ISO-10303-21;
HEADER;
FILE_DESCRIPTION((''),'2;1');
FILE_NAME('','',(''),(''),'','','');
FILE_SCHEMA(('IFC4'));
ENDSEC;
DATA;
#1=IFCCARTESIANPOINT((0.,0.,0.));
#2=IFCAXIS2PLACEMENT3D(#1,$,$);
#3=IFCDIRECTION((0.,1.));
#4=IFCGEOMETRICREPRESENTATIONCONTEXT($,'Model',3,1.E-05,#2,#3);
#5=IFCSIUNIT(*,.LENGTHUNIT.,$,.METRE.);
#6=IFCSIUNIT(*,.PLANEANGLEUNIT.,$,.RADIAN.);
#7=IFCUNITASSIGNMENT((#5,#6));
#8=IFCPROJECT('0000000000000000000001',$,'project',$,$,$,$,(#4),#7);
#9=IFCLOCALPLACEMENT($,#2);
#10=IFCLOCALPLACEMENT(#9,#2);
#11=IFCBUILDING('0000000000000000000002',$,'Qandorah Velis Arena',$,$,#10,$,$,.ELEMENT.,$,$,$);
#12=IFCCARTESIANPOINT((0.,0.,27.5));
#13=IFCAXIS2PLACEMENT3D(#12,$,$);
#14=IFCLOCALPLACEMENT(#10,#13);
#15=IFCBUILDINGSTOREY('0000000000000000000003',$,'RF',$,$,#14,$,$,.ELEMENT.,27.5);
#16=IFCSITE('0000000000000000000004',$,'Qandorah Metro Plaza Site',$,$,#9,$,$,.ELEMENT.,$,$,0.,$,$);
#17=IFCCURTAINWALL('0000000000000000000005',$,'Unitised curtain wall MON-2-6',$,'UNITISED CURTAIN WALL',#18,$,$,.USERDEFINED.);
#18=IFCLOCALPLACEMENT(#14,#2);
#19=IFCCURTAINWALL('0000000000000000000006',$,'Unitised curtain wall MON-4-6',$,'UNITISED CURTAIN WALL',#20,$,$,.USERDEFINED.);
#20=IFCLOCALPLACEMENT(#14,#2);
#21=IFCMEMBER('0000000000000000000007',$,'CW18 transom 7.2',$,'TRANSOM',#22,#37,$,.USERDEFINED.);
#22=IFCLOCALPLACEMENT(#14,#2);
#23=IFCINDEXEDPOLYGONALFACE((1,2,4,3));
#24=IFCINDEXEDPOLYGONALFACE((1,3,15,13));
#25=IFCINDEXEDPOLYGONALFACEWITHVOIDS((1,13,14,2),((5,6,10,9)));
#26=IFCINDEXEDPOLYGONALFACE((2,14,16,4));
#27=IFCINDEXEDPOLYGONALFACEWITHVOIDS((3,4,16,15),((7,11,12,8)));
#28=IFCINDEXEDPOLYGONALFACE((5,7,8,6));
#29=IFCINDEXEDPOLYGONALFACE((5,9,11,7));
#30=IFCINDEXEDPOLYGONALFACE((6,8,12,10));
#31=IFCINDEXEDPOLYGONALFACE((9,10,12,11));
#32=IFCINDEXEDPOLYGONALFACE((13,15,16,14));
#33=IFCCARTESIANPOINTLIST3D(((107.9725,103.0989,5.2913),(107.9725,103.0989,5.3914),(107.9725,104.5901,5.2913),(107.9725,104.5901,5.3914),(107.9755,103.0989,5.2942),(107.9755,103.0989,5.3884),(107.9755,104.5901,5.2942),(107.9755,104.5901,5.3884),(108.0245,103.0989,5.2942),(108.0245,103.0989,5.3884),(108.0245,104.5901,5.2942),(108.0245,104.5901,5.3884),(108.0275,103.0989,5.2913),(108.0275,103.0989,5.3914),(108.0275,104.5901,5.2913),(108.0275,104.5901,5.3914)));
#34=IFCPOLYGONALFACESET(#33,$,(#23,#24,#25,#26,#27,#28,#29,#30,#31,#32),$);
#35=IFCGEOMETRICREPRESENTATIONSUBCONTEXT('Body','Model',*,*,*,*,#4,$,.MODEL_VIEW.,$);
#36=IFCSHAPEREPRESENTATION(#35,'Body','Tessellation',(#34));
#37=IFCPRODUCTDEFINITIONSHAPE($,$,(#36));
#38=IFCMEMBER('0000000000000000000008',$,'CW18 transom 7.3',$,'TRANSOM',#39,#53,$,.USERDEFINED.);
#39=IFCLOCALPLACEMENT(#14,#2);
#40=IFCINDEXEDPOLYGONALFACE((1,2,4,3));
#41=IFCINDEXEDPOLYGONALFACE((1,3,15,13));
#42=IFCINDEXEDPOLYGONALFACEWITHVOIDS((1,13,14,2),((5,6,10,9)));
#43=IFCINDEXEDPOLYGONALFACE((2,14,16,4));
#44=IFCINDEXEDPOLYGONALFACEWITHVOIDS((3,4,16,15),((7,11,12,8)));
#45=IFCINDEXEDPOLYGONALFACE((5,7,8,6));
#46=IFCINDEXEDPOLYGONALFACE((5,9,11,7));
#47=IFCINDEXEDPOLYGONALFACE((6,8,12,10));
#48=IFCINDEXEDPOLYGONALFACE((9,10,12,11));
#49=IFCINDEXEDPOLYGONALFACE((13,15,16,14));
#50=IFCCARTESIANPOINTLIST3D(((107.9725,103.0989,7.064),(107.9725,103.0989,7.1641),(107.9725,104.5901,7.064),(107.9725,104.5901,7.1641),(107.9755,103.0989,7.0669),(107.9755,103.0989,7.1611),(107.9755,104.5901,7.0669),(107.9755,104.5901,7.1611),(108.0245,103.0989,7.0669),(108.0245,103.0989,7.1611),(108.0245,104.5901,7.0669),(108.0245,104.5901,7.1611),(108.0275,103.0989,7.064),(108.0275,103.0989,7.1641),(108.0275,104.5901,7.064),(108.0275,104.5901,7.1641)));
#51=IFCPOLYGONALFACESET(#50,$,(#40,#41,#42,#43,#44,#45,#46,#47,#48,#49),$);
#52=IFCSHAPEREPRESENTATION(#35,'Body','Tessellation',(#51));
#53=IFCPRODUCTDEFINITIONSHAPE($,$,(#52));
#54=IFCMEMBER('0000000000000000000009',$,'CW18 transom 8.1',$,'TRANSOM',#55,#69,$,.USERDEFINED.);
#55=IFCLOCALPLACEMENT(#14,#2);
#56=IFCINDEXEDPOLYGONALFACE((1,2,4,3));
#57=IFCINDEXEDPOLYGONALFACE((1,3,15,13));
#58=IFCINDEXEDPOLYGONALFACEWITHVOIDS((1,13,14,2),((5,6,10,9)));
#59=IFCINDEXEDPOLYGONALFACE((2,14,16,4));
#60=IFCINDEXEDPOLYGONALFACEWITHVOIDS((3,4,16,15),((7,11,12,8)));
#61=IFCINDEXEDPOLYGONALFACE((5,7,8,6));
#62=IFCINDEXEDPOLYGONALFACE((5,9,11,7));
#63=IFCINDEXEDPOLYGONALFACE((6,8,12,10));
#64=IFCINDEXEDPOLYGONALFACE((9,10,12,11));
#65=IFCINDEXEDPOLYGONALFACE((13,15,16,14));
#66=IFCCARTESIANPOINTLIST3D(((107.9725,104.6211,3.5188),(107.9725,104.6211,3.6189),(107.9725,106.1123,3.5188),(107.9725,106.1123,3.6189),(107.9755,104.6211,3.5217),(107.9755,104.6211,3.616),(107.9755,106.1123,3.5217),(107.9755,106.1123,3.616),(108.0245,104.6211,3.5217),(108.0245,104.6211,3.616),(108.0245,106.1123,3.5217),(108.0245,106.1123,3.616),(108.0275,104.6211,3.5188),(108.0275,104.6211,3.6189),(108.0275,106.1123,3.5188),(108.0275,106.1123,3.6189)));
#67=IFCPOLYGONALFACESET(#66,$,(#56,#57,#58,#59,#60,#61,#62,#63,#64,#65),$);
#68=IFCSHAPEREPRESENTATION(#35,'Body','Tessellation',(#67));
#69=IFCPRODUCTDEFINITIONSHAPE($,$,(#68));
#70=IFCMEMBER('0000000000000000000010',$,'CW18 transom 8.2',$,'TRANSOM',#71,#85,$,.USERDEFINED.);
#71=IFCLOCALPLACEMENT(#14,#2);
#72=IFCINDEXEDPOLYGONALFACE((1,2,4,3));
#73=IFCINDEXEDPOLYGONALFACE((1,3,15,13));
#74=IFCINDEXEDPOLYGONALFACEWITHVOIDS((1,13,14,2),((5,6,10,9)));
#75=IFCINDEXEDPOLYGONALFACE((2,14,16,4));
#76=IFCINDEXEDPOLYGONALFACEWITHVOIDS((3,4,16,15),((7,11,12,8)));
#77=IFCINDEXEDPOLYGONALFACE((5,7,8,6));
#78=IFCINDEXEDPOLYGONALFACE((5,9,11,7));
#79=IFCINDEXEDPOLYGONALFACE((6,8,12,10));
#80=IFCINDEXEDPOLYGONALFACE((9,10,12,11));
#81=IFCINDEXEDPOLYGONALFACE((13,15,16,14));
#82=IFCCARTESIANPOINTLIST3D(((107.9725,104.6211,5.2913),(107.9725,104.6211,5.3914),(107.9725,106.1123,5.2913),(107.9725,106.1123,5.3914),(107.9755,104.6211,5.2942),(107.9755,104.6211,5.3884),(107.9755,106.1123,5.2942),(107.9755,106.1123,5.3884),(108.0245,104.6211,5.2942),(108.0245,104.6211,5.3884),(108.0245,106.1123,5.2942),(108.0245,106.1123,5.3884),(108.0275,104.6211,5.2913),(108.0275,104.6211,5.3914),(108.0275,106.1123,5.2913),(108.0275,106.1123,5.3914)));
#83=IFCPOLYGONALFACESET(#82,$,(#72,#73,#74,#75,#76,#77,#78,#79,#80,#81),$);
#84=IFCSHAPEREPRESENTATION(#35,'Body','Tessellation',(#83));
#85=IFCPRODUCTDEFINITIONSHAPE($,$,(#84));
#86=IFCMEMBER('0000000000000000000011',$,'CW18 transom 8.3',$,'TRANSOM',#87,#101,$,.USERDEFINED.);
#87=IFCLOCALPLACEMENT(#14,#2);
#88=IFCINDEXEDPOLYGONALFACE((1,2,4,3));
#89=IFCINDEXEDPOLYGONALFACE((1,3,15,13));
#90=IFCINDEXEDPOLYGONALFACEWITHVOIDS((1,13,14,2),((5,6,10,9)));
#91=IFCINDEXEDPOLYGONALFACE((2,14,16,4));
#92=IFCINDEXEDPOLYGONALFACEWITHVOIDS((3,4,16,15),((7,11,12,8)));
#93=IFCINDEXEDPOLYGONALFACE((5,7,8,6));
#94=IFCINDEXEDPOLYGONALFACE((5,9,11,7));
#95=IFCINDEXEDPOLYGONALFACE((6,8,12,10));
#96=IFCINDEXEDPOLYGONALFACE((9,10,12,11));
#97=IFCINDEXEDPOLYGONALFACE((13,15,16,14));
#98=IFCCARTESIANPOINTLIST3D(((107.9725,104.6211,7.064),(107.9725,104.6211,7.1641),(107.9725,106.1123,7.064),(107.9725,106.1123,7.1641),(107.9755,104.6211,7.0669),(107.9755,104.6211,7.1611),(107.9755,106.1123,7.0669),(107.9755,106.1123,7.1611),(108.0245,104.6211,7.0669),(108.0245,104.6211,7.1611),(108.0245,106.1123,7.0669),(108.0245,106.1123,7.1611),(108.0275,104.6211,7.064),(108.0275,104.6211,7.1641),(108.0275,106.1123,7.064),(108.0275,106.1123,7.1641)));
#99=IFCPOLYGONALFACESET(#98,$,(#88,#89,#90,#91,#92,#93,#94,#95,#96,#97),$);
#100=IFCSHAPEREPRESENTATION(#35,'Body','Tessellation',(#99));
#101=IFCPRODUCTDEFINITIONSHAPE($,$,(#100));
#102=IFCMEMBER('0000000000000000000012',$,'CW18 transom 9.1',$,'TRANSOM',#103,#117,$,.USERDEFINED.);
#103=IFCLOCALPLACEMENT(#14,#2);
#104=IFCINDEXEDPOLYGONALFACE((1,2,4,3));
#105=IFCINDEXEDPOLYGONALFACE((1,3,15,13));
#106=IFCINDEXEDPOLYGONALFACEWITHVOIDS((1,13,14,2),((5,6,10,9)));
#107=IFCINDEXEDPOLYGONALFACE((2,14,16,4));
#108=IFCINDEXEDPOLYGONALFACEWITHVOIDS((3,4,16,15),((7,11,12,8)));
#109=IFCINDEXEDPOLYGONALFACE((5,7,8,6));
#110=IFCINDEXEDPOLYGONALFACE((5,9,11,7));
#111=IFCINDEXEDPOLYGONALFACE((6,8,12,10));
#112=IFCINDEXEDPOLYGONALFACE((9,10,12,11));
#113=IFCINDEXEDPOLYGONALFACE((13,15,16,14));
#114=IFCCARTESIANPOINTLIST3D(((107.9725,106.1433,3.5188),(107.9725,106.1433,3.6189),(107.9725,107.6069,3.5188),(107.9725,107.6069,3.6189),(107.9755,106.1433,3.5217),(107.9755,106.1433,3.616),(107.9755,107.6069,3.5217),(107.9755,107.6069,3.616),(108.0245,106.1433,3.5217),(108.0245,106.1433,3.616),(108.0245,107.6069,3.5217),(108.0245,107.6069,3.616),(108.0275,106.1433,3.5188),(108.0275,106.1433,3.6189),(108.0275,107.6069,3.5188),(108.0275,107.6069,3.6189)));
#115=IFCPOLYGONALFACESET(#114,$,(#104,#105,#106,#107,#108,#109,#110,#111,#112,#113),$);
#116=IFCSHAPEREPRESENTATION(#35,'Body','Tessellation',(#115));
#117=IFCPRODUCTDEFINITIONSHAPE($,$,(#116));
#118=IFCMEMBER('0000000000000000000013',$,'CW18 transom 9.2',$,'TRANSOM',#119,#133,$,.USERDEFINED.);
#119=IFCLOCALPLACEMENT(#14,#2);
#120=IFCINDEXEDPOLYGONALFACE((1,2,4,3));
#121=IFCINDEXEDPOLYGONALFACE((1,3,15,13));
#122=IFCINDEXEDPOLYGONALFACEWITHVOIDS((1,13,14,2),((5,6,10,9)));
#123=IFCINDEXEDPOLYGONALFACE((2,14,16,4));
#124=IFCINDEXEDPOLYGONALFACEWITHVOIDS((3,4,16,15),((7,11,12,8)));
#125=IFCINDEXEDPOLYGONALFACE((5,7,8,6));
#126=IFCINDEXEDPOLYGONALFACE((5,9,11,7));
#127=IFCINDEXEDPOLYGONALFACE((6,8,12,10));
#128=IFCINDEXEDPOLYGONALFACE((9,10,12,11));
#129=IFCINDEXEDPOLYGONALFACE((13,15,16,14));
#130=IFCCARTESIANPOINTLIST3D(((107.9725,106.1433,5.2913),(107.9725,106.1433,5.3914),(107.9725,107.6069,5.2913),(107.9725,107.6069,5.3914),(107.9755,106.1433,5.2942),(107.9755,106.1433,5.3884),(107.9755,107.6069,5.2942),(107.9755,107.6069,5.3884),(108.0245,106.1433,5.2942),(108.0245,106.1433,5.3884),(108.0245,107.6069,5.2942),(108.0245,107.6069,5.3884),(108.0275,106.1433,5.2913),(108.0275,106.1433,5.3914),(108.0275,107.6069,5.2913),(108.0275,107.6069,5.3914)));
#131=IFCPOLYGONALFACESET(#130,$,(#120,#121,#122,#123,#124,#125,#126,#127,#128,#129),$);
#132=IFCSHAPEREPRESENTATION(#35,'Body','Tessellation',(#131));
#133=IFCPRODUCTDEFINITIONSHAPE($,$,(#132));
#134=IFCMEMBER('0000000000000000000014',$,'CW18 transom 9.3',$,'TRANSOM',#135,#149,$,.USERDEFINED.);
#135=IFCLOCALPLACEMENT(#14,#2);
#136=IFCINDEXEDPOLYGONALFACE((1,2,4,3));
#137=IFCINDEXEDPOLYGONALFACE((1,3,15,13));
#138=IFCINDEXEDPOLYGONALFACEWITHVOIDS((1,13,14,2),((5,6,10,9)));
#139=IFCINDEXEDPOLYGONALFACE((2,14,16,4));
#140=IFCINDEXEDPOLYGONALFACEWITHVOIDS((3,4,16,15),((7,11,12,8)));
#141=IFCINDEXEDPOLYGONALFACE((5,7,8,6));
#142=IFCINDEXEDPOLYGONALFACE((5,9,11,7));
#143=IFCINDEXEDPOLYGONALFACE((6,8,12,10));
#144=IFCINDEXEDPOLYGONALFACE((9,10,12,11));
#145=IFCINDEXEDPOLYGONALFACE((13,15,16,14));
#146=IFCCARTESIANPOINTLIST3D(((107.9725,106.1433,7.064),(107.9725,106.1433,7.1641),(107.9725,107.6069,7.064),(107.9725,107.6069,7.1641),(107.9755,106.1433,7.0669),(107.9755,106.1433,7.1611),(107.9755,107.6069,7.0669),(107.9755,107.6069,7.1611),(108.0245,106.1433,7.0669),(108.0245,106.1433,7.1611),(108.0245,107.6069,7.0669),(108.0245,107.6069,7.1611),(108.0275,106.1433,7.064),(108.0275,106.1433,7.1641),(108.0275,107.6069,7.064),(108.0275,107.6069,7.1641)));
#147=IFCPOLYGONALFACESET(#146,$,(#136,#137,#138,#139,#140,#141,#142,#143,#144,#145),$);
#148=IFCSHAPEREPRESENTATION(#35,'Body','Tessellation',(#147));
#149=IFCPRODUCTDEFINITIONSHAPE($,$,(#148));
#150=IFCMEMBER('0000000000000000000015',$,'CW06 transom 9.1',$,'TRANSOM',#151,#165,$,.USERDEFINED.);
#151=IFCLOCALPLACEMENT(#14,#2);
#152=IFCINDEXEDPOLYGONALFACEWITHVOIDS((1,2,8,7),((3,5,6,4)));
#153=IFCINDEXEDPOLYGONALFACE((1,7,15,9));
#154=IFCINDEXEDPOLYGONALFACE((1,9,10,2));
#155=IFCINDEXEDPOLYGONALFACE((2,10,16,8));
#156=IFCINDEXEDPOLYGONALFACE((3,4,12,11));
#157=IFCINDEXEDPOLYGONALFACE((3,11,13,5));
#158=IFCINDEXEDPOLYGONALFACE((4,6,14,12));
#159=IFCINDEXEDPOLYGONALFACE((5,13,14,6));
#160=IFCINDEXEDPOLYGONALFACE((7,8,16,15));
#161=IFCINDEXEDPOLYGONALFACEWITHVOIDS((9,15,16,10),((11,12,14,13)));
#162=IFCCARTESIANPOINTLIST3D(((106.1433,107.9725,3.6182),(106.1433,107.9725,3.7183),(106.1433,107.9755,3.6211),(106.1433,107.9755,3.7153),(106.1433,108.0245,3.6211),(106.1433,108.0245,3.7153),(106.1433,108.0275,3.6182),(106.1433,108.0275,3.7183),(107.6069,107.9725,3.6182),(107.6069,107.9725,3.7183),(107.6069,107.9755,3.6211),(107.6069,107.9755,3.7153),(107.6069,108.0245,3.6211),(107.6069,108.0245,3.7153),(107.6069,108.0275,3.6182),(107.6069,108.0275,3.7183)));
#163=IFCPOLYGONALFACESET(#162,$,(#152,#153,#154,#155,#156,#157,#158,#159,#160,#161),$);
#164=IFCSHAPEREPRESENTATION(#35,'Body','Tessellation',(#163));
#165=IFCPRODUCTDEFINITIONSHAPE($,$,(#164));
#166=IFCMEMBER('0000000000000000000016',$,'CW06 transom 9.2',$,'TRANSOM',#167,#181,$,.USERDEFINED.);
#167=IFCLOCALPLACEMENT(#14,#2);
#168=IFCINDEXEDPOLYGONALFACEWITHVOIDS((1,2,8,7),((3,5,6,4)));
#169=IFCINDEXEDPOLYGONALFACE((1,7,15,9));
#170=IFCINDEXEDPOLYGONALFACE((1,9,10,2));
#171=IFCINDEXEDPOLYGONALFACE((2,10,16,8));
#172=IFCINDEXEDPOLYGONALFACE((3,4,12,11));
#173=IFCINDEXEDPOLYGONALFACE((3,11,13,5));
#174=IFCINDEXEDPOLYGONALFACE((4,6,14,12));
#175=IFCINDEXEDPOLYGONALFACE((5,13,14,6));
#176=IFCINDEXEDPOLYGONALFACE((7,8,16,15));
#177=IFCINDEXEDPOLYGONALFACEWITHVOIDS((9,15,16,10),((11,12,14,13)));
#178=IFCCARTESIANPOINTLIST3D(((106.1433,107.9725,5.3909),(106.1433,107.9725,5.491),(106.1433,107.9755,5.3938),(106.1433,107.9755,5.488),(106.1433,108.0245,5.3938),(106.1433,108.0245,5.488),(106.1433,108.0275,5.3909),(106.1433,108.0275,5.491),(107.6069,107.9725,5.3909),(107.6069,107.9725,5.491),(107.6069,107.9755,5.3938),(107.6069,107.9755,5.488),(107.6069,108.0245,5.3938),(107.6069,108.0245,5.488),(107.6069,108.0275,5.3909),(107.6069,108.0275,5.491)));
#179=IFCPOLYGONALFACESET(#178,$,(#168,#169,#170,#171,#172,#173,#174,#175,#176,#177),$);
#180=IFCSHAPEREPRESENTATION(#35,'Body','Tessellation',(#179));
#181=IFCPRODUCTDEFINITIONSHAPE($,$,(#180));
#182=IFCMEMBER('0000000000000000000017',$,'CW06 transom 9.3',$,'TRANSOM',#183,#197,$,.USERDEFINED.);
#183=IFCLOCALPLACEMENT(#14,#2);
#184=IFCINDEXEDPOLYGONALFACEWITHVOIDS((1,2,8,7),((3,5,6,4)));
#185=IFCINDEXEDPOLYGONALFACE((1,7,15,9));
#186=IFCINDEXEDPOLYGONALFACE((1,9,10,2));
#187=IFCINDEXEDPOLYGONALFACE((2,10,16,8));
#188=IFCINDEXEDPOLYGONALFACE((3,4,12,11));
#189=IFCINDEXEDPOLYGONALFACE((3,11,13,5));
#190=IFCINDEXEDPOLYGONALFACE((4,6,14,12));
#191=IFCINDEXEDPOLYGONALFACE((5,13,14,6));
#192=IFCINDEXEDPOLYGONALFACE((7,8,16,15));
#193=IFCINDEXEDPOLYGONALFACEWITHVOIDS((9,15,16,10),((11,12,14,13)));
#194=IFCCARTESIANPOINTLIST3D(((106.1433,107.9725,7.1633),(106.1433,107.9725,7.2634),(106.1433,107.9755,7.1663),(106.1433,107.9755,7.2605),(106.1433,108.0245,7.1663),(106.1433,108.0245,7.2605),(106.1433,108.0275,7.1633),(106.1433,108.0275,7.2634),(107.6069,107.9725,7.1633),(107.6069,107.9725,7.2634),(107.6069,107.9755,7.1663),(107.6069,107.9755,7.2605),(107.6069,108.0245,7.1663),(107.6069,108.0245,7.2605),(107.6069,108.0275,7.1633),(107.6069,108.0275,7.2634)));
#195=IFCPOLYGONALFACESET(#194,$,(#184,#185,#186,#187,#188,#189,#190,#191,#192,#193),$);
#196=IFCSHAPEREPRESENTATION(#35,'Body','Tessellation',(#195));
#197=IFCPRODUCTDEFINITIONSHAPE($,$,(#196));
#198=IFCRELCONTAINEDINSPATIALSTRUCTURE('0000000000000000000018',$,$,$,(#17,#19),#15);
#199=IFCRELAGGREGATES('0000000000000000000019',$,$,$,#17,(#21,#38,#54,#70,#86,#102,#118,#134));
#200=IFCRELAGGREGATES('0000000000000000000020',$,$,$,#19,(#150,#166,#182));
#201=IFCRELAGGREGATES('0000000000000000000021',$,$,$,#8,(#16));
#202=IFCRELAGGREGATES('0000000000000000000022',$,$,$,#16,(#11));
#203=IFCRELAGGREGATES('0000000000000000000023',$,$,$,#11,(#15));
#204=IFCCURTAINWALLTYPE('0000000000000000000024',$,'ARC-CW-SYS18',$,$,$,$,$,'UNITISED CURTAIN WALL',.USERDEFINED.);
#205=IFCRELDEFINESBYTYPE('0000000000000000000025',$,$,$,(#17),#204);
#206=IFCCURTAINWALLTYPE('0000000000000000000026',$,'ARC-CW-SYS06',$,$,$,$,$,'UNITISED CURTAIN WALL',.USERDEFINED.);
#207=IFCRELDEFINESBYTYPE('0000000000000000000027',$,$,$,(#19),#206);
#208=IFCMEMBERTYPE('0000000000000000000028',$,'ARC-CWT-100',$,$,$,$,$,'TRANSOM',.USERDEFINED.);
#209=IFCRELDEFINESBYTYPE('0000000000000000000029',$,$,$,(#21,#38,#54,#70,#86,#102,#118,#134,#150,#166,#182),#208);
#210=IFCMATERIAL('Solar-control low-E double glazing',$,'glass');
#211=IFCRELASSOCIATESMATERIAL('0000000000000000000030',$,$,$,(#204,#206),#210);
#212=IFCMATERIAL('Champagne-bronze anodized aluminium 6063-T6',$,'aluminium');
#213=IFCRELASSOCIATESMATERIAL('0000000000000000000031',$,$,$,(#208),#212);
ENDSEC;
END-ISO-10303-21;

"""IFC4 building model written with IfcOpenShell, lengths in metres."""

from ifc_helpers import new_model, si_unit, direction, frame, origin, origin_2d, place, context, subcontext, project, spatial, hollow_rectangle, extrude, material, material_profile, profile_set, type_object, element, aggregate, save


model = new_model("IFC4")

# Units and contexts
model_context = context("Model", 3, precision=1e-05, world=origin(), true_north=direction((0.0, 1.0)))
body_context = subcontext(model_context, "Body", "Model", "MODEL_VIEW")
ifc_project = project(units=[si_unit("LENGTHUNIT", "METRE"), si_unit("PLANEANGLEUNIT", "RADIAN")], contexts=[model_context])

# Site, building, storey
site_placement = place(None, origin())
site = spatial("IfcSite", under=ifc_project, at=site_placement, Name="Qandorah Metro Plaza Site", CompositionType="ELEMENT", RefElevation=0.0)
building_placement = place(site_placement, origin())
building = spatial("IfcBuilding", under=site, at=building_placement, Name="Qandorah Velis Arena", CompositionType="ELEMENT")
storey_placement = place(building_placement, frame((0.0, 0.0, 27.5)))
storey = spatial("IfcBuildingStorey", under=building, at=storey_placement, Name="RF", CompositionType="ELEMENT", Elevation=27.5)

# Curtain walls
ifc_material_1 = material(Name="Solar-control low-E double glazing", Category="glass")
curtain_wall_type_1 = type_object("IfcCurtainWallType", Name="ARC-CW-SYS18", ElementType="UNITISED CURTAIN WALL", PredefinedType="USERDEFINED", material=ifc_material_1)
curtain_wall_1_placement = place(storey_placement, origin())
curtain_wall_1 = element("IfcCurtainWall", 1, at=curtain_wall_1_placement, inside=storey, type_object=curtain_wall_type_1, Name="Unitised curtain wall MON-2-6", ObjectType="UNITISED CURTAIN WALL", PredefinedType="USERDEFINED")
ifc_material_2 = material(Name="Champagne-bronze anodized aluminium 6063-T6", Category="aluminium")
curtain_wall_type_2 = type_object("IfcCurtainWallType", Name="ARC-CW-SYS06", ElementType="UNITISED CURTAIN WALL", PredefinedType="USERDEFINED", material=ifc_material_1)
curtain_wall_2_placement = place(storey_placement, origin())
curtain_wall_2 = element("IfcCurtainWall", 2, at=curtain_wall_2_placement, inside=storey, type_object=curtain_wall_type_2, Name="Unitised curtain wall MON-4-6", ObjectType="UNITISED CURTAIN WALL", PredefinedType="USERDEFINED")

# Members
ifc_material_profile_1 = material_profile(ifc_material_2, hollow_rectangle(XDim=0.0549, YDim=0.1001, WallThickness=0.0029, at=origin_2d()), Name="ALU TRANSOM 55x100")
ifc_profile_set_1 = profile_set([ifc_material_profile_1], Name="Champagne-bronze anodized aluminium 6063-T6")
member_type_1 = type_object("IfcMemberType", Name="ARC-CWT-100", ElementType="TRANSOM", PredefinedType="USERDEFINED", material=ifc_profile_set_1)
member_1_placement = place(storey_placement, frame((108.0, 103.0989, 5.3413), z_axis=(0.0, 1.0, 0.0), x_axis=(-1.0, 0.0, 0.0)))
member_1 = element("IfcMember", 3, at=member_1_placement, type_object=member_type_1, Name="CW18 transom 7.2", ObjectType="TRANSOM", PredefinedType="USERDEFINED", context=body_context, shape_type="SweptSolid", body=[
    extrude(hollow_rectangle(XDim=0.0549, YDim=0.1001, WallThickness=0.0029, at=origin_2d()), origin(), (0.0, 0.0, 1.0), 1.4912),
])
member_2_placement = place(storey_placement, frame((108.0, 103.0989, 7.114), z_axis=(0.0, 1.0, 0.0), x_axis=(-1.0, 0.0, 0.0)))
member_2 = element("IfcMember", 4, at=member_2_placement, type_object=member_type_1, Name="CW18 transom 7.3", ObjectType="TRANSOM", PredefinedType="USERDEFINED", context=body_context, shape_type="SweptSolid", body=[
    extrude(hollow_rectangle(XDim=0.0549, YDim=0.1001, WallThickness=0.0029, at=origin_2d()), origin(), (0.0, 0.0, 1.0), 1.4912),
])
member_3_placement = place(storey_placement, frame((108.0, 104.6211, 3.5688), z_axis=(0.0, 1.0, 0.0), x_axis=(-1.0, 0.0, 0.0)))
member_3 = element("IfcMember", 5, at=member_3_placement, type_object=member_type_1, Name="CW18 transom 8.1", ObjectType="TRANSOM", PredefinedType="USERDEFINED", context=body_context, shape_type="SweptSolid", body=[
    extrude(hollow_rectangle(XDim=0.0549, YDim=0.1001, WallThickness=0.0029, at=origin_2d()), origin(), (0.0, 0.0, 1.0), 1.4912),
])
member_4_placement = place(storey_placement, frame((108.0, 104.6211, 5.3413), z_axis=(0.0, 1.0, 0.0), x_axis=(-1.0, 0.0, 0.0)))
member_4 = element("IfcMember", 6, at=member_4_placement, type_object=member_type_1, Name="CW18 transom 8.2", ObjectType="TRANSOM", PredefinedType="USERDEFINED", context=body_context, shape_type="SweptSolid", body=[
    extrude(hollow_rectangle(XDim=0.0549, YDim=0.1001, WallThickness=0.0029, at=origin_2d()), origin(), (0.0, 0.0, 1.0), 1.4912),
])
member_5_placement = place(storey_placement, frame((108.0, 104.6211, 7.114), z_axis=(0.0, 1.0, 0.0), x_axis=(-1.0, 0.0, 0.0)))
member_5 = element("IfcMember", 7, at=member_5_placement, type_object=member_type_1, Name="CW18 transom 8.3", ObjectType="TRANSOM", PredefinedType="USERDEFINED", context=body_context, shape_type="SweptSolid", body=[
    extrude(hollow_rectangle(XDim=0.0549, YDim=0.1001, WallThickness=0.0029, at=origin_2d()), origin(), (0.0, 0.0, 1.0), 1.4912),
])
member_6_placement = place(storey_placement, frame((108.0, 106.1433, 3.5688), z_axis=(0.0, 1.0, 0.0), x_axis=(-1.0, 0.0, 0.0)))
member_6 = element("IfcMember", 8, at=member_6_placement, type_object=member_type_1, Name="CW18 transom 9.1", ObjectType="TRANSOM", PredefinedType="USERDEFINED", context=body_context, shape_type="SweptSolid", body=[
    extrude(hollow_rectangle(XDim=0.0549, YDim=0.1001, WallThickness=0.0029, at=origin_2d()), origin(), (0.0, 0.0, 1.0), 1.4636),
])
member_7_placement = place(storey_placement, frame((108.0, 106.1433, 5.3413), z_axis=(0.0, 1.0, 0.0), x_axis=(-1.0, 0.0, 0.0)))
member_7 = element("IfcMember", 9, at=member_7_placement, type_object=member_type_1, Name="CW18 transom 9.2", ObjectType="TRANSOM", PredefinedType="USERDEFINED", context=body_context, shape_type="SweptSolid", body=[
    extrude(hollow_rectangle(XDim=0.0549, YDim=0.1001, WallThickness=0.0029, at=origin_2d()), origin(), (0.0, 0.0, 1.0), 1.4636),
])
member_8_placement = place(storey_placement, frame((108.0, 106.1433, 7.114), z_axis=(0.0, 1.0, 0.0), x_axis=(-1.0, 0.0, 0.0)))
member_8 = element("IfcMember", 10, at=member_8_placement, type_object=member_type_1, Name="CW18 transom 9.3", ObjectType="TRANSOM", PredefinedType="USERDEFINED", context=body_context, shape_type="SweptSolid", body=[
    extrude(hollow_rectangle(XDim=0.0549, YDim=0.1001, WallThickness=0.0029, at=origin_2d()), origin(), (0.0, 0.0, 1.0), 1.4636),
])
member_9_placement = place(storey_placement, frame((106.1433, 108.0, 3.6682), z_axis=(1.0, 0.0, 0.0), x_axis=(0.0, 1.0, 0.0)))
member_9 = element("IfcMember", 11, at=member_9_placement, type_object=member_type_1, Name="CW06 transom 9.1", ObjectType="TRANSOM", PredefinedType="USERDEFINED", context=body_context, shape_type="SweptSolid", body=[
    extrude(hollow_rectangle(XDim=0.0549, YDim=0.1001, WallThickness=0.0029, at=origin_2d()), origin(), (0.0, 0.0, 1.0), 1.4636),
])
member_10_placement = place(storey_placement, frame((106.1433, 108.0, 5.4409), z_axis=(1.0, 0.0, 0.0), x_axis=(0.0, 1.0, 0.0)))
member_10 = element("IfcMember", 12, at=member_10_placement, type_object=member_type_1, Name="CW06 transom 9.2", ObjectType="TRANSOM", PredefinedType="USERDEFINED", context=body_context, shape_type="SweptSolid", body=[
    extrude(hollow_rectangle(XDim=0.0549, YDim=0.1001, WallThickness=0.0029, at=origin_2d()), origin(), (0.0, 0.0, 1.0), 1.4636),
])
member_11_placement = place(storey_placement, frame((106.1433, 108.0, 7.2134), z_axis=(1.0, 0.0, 0.0), x_axis=(0.0, 1.0, 0.0)))
member_11 = element("IfcMember", 13, at=member_11_placement, type_object=member_type_1, Name="CW06 transom 9.3", ObjectType="TRANSOM", PredefinedType="USERDEFINED", context=body_context, shape_type="SweptSolid", body=[
    extrude(hollow_rectangle(XDim=0.0549, YDim=0.1001, WallThickness=0.0029, at=origin_2d()), origin(), (0.0, 0.0, 1.0), 1.4636),
])

aggregate(curtain_wall_1, [member_1, member_2, member_3, member_4, member_5, member_6, member_7, member_8])
aggregate(curtain_wall_2, [member_9, member_10, member_11])

save(model, "model.ifc")
